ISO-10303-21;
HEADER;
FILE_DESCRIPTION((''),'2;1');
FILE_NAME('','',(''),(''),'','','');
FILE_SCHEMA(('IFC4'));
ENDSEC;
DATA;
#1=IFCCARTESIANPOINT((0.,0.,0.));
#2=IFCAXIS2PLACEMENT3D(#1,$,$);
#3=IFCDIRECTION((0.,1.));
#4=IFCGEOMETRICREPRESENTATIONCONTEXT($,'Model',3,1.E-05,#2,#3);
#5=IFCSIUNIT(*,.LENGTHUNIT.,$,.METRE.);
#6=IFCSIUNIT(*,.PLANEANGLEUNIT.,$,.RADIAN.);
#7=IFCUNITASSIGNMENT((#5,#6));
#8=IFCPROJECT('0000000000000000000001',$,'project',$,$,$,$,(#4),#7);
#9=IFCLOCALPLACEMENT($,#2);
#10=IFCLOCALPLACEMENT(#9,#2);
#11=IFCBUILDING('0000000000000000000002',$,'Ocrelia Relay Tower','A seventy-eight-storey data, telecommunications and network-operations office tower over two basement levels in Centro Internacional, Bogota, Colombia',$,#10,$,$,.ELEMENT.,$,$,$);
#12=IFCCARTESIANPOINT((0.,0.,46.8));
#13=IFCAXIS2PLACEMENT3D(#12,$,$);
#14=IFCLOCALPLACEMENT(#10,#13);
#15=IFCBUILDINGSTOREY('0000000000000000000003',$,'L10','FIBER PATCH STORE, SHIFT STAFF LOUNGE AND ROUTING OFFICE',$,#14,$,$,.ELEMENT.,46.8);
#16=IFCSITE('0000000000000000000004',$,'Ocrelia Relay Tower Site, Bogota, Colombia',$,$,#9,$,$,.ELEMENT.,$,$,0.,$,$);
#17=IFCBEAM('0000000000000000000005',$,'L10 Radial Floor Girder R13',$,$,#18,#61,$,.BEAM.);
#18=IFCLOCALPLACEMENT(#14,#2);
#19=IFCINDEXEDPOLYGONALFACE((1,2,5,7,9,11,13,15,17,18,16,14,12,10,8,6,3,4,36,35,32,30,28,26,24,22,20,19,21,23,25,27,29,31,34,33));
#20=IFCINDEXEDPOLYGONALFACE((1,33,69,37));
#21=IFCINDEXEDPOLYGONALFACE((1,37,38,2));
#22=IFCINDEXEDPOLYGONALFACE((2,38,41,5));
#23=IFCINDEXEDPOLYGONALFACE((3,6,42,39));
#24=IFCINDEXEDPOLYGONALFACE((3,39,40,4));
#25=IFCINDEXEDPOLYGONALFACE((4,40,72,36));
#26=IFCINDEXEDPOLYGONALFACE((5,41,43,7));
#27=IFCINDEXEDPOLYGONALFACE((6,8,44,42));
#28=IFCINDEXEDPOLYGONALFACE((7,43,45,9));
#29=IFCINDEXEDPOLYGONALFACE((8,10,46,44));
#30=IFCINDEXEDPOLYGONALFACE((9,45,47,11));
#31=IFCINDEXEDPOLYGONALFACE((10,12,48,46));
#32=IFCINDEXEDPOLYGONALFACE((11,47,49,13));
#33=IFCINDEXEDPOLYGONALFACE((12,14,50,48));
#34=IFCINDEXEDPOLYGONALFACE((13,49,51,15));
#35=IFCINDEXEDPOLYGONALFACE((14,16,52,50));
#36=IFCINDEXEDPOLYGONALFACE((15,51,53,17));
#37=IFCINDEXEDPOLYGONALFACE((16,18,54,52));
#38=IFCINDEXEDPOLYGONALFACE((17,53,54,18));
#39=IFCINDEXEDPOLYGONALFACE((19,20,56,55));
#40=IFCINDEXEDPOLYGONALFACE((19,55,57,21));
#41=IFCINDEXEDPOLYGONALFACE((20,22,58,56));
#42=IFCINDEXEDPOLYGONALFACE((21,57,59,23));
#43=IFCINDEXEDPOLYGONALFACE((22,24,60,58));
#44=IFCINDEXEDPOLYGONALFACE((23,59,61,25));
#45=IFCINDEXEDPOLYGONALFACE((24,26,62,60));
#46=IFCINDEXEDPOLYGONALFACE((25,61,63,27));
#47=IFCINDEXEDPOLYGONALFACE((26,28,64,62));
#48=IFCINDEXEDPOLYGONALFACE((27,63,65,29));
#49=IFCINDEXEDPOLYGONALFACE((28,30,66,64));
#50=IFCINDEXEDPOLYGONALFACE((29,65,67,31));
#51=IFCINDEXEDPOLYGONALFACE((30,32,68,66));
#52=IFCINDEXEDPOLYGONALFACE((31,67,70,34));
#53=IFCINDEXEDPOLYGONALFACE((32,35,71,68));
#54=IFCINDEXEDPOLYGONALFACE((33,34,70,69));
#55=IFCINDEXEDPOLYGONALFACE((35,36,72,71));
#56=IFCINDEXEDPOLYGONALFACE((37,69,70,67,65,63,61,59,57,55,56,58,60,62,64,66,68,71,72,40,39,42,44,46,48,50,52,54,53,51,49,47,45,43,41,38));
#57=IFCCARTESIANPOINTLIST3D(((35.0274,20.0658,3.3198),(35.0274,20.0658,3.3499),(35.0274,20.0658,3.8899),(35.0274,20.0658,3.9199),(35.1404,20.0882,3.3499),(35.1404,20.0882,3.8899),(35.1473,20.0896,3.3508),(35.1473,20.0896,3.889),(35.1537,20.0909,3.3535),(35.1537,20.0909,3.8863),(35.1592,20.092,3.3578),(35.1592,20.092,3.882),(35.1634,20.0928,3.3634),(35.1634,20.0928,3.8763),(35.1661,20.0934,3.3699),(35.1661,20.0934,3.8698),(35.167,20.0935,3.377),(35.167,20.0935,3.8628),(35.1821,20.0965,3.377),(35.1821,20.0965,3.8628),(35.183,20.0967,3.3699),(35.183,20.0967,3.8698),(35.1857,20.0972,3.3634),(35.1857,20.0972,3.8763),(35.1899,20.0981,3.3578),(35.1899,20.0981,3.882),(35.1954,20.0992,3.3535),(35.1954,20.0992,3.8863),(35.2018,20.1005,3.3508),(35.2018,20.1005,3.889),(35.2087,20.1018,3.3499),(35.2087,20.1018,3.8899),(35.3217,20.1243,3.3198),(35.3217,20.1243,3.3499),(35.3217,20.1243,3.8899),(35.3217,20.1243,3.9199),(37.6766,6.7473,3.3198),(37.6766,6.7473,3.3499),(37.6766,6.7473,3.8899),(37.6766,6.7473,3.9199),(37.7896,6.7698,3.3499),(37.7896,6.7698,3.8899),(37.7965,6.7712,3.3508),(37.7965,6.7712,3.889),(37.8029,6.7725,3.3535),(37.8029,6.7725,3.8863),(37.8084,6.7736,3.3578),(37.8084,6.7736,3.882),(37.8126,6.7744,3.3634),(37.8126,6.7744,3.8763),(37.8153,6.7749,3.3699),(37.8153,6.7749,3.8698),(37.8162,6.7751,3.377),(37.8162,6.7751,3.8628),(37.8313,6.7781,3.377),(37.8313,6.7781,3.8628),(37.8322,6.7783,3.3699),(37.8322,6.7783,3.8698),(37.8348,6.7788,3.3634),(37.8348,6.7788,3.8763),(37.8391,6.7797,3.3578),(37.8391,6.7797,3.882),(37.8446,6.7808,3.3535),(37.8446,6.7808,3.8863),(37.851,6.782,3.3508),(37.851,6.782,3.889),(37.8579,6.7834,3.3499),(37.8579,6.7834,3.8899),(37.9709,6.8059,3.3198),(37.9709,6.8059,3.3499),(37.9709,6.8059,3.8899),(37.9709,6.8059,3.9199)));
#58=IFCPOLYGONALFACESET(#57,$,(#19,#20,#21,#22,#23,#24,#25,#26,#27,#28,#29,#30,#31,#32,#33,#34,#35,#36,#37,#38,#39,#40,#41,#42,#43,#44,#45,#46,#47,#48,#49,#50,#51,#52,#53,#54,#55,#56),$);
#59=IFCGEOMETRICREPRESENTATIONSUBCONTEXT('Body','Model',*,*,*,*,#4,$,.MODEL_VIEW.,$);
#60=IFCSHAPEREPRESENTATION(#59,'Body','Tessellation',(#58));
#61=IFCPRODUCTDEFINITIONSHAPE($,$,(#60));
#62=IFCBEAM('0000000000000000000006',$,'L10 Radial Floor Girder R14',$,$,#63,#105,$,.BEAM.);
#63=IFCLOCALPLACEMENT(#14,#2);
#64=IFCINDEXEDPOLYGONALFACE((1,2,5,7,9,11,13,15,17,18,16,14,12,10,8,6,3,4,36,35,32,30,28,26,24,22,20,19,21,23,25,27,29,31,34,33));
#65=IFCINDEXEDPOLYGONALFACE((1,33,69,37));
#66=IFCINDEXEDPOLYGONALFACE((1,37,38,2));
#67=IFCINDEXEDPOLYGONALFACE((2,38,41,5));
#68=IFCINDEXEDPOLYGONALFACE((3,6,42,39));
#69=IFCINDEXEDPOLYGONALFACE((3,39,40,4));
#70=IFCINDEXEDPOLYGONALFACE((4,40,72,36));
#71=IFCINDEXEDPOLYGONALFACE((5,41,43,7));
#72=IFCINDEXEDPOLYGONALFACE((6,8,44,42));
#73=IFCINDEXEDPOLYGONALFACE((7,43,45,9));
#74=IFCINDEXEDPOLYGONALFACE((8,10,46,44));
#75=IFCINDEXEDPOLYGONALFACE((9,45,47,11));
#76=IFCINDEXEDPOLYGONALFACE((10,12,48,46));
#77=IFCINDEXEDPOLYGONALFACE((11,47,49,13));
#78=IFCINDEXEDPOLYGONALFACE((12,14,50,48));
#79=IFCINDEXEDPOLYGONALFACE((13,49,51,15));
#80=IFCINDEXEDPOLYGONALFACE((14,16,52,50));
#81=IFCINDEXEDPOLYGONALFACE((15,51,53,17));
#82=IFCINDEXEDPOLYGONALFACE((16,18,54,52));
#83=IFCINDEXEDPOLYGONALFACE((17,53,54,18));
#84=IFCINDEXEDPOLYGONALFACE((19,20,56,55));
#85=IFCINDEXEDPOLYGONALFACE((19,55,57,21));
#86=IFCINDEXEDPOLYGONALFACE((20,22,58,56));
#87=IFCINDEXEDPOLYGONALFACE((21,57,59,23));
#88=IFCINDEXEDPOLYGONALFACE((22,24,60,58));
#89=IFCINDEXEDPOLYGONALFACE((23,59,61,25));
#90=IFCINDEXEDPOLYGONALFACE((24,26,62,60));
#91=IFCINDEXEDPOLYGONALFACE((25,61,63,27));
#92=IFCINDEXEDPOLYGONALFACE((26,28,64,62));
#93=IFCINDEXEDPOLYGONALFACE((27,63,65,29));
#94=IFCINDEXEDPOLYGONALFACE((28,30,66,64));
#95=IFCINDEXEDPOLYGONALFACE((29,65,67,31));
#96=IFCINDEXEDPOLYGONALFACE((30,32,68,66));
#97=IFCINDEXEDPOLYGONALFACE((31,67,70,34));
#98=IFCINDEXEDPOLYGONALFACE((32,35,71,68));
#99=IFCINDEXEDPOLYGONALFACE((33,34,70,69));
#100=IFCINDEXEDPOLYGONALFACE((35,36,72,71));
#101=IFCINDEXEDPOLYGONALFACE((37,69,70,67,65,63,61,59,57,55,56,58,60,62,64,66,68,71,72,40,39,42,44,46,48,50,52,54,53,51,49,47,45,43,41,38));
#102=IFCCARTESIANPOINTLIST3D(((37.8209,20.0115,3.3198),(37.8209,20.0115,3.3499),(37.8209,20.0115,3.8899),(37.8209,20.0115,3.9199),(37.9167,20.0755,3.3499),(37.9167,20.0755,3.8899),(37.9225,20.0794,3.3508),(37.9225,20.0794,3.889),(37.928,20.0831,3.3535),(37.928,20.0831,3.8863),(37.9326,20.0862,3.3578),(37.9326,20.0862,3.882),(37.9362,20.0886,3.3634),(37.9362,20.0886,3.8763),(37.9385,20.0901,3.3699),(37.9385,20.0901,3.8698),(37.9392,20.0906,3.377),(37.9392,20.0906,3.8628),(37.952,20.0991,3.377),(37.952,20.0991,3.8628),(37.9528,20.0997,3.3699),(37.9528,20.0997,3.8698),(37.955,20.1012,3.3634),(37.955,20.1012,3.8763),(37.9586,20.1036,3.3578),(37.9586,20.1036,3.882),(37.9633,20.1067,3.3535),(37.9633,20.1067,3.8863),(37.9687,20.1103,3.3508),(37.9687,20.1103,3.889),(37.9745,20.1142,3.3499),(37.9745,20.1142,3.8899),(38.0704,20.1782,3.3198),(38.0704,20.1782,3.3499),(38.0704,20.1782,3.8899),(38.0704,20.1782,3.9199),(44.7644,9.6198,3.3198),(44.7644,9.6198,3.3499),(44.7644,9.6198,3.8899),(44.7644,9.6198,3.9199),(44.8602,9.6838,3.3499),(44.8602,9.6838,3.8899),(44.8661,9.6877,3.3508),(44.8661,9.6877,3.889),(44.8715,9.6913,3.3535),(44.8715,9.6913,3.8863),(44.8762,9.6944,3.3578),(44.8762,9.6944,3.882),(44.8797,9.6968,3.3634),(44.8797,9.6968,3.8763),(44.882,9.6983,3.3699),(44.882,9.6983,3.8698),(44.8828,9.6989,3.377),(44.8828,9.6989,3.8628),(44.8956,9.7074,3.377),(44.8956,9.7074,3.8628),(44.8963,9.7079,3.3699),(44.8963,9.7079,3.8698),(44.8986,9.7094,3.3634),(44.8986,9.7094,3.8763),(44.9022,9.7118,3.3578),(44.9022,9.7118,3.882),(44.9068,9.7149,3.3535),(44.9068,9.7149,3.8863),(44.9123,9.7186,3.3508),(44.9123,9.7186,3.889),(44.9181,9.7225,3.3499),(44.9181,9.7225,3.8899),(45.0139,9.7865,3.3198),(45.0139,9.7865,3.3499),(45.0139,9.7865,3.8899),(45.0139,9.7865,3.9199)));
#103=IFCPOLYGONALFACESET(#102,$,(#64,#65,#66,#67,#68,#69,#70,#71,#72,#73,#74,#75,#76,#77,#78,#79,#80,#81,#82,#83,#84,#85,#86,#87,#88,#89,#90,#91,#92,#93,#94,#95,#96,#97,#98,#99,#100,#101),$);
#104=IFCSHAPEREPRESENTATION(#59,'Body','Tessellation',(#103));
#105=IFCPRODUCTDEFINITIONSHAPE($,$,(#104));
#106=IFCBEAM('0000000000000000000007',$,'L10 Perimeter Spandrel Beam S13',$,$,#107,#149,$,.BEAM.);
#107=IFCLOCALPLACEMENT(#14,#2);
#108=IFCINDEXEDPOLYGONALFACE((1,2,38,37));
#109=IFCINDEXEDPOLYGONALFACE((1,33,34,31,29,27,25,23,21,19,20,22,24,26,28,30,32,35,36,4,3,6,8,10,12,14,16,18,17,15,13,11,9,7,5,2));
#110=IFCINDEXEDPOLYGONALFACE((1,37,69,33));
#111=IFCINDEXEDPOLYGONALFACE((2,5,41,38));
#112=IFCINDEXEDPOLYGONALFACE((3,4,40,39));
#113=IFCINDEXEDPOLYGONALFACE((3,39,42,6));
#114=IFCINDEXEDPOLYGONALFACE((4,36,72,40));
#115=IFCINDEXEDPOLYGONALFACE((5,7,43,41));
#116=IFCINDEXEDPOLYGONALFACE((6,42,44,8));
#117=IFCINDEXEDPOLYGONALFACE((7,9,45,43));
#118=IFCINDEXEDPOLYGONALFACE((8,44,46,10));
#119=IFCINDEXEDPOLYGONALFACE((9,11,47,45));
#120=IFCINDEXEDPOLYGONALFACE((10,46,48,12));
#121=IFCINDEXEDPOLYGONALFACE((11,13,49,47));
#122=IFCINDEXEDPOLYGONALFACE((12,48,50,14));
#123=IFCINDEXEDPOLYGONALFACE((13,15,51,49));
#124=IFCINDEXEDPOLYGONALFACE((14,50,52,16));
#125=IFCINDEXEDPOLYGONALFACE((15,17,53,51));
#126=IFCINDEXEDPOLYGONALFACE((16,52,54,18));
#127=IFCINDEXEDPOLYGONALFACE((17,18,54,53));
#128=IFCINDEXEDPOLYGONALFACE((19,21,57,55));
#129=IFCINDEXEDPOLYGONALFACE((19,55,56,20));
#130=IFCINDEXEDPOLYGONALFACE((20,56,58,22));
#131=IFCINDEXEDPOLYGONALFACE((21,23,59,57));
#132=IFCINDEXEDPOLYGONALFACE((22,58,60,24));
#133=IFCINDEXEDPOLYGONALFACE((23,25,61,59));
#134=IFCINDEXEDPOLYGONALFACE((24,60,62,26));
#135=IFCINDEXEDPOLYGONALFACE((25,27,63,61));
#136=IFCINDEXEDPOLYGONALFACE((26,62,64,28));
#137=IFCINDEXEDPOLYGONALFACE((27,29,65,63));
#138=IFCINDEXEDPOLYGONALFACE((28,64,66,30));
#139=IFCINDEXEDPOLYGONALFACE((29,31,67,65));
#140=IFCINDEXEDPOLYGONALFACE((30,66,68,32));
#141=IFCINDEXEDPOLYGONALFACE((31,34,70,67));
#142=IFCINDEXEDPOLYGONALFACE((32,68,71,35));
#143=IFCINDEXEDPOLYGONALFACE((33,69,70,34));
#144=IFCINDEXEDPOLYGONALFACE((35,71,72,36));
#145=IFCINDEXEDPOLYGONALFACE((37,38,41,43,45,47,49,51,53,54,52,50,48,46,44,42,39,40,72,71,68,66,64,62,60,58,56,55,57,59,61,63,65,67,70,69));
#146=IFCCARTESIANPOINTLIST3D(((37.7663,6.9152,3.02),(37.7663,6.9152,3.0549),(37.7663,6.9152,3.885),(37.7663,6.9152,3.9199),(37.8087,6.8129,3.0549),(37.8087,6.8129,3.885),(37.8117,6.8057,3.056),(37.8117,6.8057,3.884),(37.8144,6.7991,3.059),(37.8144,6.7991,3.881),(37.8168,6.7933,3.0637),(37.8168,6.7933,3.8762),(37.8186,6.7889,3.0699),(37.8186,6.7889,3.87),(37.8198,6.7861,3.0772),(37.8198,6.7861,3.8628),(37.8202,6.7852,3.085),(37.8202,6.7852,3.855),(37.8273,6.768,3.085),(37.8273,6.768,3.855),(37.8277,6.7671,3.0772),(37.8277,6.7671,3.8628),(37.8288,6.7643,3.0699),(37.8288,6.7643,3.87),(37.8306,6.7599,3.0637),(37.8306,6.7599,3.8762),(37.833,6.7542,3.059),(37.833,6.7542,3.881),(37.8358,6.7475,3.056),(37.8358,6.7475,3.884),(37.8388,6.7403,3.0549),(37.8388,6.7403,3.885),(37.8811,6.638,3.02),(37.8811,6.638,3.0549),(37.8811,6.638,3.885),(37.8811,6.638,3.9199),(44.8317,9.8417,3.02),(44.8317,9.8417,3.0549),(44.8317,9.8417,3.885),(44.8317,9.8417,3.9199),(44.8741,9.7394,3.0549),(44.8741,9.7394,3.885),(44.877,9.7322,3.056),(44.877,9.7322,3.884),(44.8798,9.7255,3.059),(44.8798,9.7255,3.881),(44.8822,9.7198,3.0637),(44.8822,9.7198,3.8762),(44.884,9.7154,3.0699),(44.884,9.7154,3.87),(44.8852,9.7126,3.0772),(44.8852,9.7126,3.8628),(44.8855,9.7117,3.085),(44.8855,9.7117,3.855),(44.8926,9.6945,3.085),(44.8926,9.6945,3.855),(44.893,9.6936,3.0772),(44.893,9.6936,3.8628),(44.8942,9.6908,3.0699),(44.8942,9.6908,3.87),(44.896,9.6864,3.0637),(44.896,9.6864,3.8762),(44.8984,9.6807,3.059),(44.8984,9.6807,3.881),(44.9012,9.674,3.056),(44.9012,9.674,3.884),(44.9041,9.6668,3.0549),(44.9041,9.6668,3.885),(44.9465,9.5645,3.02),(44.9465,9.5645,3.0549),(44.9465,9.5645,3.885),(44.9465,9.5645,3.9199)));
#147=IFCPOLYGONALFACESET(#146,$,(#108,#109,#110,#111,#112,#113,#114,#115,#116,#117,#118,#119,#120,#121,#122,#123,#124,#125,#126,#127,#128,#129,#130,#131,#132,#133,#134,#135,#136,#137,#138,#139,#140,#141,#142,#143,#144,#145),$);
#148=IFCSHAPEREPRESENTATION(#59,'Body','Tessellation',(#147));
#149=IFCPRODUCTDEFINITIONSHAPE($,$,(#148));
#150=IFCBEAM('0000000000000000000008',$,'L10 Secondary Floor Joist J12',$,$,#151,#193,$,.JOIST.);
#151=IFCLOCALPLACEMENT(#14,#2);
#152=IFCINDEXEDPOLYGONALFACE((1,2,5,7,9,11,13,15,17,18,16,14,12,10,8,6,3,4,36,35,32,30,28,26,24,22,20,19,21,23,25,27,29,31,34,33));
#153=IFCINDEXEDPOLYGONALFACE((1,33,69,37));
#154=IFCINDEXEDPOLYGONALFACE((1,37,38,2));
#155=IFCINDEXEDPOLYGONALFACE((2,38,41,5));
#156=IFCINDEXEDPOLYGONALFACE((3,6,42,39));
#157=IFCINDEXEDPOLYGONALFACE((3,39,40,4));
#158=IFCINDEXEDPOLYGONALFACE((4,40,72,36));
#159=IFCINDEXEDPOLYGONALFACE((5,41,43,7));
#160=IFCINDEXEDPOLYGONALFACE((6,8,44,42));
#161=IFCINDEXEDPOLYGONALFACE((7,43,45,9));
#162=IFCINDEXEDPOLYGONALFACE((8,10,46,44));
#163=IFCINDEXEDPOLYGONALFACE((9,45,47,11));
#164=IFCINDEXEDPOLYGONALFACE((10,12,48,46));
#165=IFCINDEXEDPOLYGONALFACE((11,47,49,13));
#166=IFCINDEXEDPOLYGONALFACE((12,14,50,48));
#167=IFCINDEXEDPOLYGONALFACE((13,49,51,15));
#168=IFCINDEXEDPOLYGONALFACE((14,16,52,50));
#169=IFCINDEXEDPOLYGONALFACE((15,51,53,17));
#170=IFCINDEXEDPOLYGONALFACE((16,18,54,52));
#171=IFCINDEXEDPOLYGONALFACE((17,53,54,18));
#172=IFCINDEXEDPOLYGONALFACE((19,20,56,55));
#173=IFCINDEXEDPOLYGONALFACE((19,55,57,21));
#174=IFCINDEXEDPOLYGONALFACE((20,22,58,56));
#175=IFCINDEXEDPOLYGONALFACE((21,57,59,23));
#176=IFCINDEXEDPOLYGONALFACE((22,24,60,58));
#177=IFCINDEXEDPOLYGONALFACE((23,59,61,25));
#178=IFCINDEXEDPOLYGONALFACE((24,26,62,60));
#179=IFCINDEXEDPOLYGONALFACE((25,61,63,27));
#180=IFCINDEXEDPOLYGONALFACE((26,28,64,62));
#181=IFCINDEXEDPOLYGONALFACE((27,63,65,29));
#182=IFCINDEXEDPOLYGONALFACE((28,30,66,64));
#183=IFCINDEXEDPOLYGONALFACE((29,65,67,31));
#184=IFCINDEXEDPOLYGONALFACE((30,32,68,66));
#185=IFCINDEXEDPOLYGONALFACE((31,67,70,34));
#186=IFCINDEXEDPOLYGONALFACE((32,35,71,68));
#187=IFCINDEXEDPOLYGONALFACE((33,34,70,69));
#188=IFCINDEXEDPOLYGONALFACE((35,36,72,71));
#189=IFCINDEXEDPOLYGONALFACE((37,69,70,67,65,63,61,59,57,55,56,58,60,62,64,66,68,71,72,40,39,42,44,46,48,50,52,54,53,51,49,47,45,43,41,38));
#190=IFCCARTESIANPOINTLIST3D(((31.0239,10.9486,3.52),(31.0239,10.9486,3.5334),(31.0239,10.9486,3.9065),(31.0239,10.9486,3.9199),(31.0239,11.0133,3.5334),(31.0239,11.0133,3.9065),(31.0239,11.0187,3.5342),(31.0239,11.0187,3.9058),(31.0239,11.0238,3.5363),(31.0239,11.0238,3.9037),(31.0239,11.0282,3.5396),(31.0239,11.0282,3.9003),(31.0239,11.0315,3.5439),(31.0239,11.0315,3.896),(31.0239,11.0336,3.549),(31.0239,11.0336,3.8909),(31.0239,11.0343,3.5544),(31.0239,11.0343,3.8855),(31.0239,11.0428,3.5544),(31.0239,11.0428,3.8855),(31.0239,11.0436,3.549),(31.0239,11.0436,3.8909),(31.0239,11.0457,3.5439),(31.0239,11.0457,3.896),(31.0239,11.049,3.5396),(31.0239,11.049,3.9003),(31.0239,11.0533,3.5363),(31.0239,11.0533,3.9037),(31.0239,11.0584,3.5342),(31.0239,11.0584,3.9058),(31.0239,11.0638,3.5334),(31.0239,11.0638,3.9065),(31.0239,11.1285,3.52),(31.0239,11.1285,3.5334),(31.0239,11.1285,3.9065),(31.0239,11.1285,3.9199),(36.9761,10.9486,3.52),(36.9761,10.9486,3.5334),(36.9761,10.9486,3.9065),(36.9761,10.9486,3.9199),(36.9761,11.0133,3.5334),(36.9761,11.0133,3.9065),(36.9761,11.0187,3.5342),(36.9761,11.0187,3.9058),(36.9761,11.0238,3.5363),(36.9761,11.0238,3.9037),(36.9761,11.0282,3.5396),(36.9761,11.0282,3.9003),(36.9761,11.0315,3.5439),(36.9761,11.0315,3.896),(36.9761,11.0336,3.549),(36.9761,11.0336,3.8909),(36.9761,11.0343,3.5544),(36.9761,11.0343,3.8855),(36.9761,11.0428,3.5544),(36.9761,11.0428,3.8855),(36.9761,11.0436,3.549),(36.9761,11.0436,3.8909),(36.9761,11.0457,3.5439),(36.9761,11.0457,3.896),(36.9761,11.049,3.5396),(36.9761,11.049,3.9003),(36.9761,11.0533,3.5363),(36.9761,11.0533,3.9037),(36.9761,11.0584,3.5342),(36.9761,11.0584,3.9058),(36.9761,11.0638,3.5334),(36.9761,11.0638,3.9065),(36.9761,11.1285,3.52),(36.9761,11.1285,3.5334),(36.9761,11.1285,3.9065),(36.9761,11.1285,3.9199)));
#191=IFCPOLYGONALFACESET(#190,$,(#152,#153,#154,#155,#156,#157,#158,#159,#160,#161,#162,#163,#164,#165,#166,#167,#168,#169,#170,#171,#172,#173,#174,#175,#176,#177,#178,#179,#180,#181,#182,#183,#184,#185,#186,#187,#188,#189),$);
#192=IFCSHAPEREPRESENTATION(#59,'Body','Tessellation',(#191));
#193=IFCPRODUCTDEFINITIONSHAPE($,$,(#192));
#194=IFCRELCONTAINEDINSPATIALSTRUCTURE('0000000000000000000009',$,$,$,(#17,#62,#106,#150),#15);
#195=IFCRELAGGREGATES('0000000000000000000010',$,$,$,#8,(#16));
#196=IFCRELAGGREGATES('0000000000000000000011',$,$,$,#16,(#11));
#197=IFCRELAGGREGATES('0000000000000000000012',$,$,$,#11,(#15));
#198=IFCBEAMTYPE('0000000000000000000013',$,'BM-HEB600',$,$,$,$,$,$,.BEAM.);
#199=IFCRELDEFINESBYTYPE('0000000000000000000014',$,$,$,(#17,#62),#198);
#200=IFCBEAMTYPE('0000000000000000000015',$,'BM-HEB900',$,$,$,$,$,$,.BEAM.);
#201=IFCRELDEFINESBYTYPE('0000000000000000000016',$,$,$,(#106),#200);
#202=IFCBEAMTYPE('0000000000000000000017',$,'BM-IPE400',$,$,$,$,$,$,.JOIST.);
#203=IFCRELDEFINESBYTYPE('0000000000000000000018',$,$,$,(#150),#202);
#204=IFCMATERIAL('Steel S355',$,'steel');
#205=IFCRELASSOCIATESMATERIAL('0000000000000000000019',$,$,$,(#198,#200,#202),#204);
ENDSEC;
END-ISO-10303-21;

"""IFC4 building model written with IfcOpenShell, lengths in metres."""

from ifc_helpers import new_model, si_unit, direction, frame, origin, origin_2d, place, context, subcontext, project, spatial, i_section, extrude, material, material_profile, profile_set, type_object, element, save


model = new_model("IFC4")

# Units and contexts
model_context = context("Model", 3, precision=1e-05, world=origin(), true_north=direction((0.0, 1.0)))
body_context = subcontext(model_context, "Body", "Model", "MODEL_VIEW")
ifc_project = project(units=[si_unit("LENGTHUNIT", "METRE"), si_unit("PLANEANGLEUNIT", "RADIAN")], contexts=[model_context])

# Site, building, storey
site_placement = place(None, origin())
site = spatial("IfcSite", under=ifc_project, at=site_placement, Name="Ocrelia Relay Tower Site, Bogota, Colombia", CompositionType="ELEMENT", RefElevation=0.0)
building_placement = place(site_placement, origin())
building = spatial("IfcBuilding", under=site, at=building_placement, Name="Ocrelia Relay Tower", Description="A seventy-eight-storey data, telecommunications and network-operations office tower over two basement levels in Centro Internacional, Bogota, Colombia", CompositionType="ELEMENT")
storey_placement = place(building_placement, frame((0.0, 0.0, 46.8)))
storey = spatial("IfcBuildingStorey", under=building, at=storey_placement, Name="L10", Description="FIBER PATCH STORE, SHIFT STAFF LOUNGE AND ROUTING OFFICE", CompositionType="ELEMENT", Elevation=46.8)

# Beams
ifc_material_1 = material(Name="Steel S355", Category="steel")
ifc_material_profile_1 = material_profile(ifc_material_1, i_section(OverallWidth=0.3, OverallDepth=0.6001, WebThickness=0.0154, FlangeThickness=0.03, FilletRadius=0.0271, at=origin_2d()), Name="HEB 600")
ifc_profile_set_1 = profile_set([ifc_material_profile_1], Name="Steel S355")
beam_type_1 = type_object("IfcBeamType", Name="BM-HEB600", PredefinedType="BEAM", material=ifc_profile_set_1)
beam_1_placement = place(storey_placement, frame((37.8237, 6.7766, 3.6199), z_axis=(-0.195089, 0.980786, 0.0), x_axis=(-0.980786, -0.195089, 0.0)))
element("IfcBeam", 1, at=beam_1_placement, inside=storey, type_object=beam_type_1, Name="L10 Radial Floor Girder R13", PredefinedType="BEAM", context=body_context, shape_type="SweptSolid", body=[
    extrude(i_section(OverallWidth=0.3, OverallDepth=0.6001, WebThickness=0.0154, FlangeThickness=0.03, FilletRadius=0.0271, at=origin_2d()), origin(), (0.0, 0.0, 1.0), 13.5793),
])
beam_2_placement = place(storey_placement, frame((44.8892, 9.7031, 3.6199), z_axis=(-0.55557, 0.83147, 0.0), x_axis=(-0.83147, -0.55557, 0.0)))
element("IfcBeam", 2, at=beam_2_placement, inside=storey, type_object=beam_type_1, Name="L10 Radial Floor Girder R14", PredefinedType="BEAM", context=body_context, shape_type="SweptSolid", body=[
    extrude(i_section(OverallWidth=0.3, OverallDepth=0.6001, WebThickness=0.0154, FlangeThickness=0.03, FilletRadius=0.0271, at=origin_2d()), origin(), (0.0, 0.0, 1.0), 12.498),
])
ifc_material_profile_2 = material_profile(ifc_material_1, i_section(OverallWidth=0.3, OverallDepth=0.8999, WebThickness=0.0186, FlangeThickness=0.0349, FilletRadius=0.03, at=origin_2d()), Name="HEB 900")
ifc_profile_set_2 = profile_set([ifc_material_profile_2], Name="Steel S355")
beam_type_2 = type_object("IfcBeamType", Name="BM-HEB900", PredefinedType="BEAM", material=ifc_profile_set_2)
beam_3_placement = place(storey_placement, frame((37.8237, 6.7766, 3.47), z_axis=(0.923883, 0.382674, 0.0), x_axis=(-0.382674, 0.923883, 0.0)))
element("IfcBeam", 3, at=beam_3_placement, inside=storey, type_object=beam_type_2, Name="L10 Perimeter Spandrel Beam S13", PredefinedType="BEAM", context=body_context, shape_type="SweptSolid", body=[
    extrude(i_section(OverallWidth=0.3, OverallDepth=0.8999, WebThickness=0.0186, FlangeThickness=0.0349, FilletRadius=0.03, at=origin_2d()), origin(), (0.0, 0.0, 1.0), 7.6475),
])
ifc_material_profile_3 = material_profile(ifc_material_1, i_section(OverallWidth=0.1799, OverallDepth=0.3999, WebThickness=0.0085, FlangeThickness=0.0134, FilletRadius=0.021, at=origin_2d()), Name="IPE 400")
ifc_profile_set_3 = profile_set([ifc_material_profile_3], Name="Steel S355")
beam_type_3 = type_object("IfcBeamType", Name="BM-IPE400", PredefinedType="JOIST", material=ifc_profile_set_3)
beam_4_placement = place(storey_placement, frame((31.0239, 11.0386, 3.72), z_axis=(1.0, 0.0, 0.0), x_axis=(0.0, 1.0, 0.0)))
element("IfcBeam", 4, at=beam_4_placement, inside=storey, type_object=beam_type_3, Name="L10 Secondary Floor Joist J12", PredefinedType="JOIST", context=body_context, shape_type="SweptSolid", body=[
    extrude(i_section(OverallWidth=0.1799, OverallDepth=0.3999, WebThickness=0.0085, FlangeThickness=0.0134, FilletRadius=0.021, at=origin_2d()), origin(), (0.0, 0.0, 1.0), 5.9521),
])

save(model, "model.ifc")
